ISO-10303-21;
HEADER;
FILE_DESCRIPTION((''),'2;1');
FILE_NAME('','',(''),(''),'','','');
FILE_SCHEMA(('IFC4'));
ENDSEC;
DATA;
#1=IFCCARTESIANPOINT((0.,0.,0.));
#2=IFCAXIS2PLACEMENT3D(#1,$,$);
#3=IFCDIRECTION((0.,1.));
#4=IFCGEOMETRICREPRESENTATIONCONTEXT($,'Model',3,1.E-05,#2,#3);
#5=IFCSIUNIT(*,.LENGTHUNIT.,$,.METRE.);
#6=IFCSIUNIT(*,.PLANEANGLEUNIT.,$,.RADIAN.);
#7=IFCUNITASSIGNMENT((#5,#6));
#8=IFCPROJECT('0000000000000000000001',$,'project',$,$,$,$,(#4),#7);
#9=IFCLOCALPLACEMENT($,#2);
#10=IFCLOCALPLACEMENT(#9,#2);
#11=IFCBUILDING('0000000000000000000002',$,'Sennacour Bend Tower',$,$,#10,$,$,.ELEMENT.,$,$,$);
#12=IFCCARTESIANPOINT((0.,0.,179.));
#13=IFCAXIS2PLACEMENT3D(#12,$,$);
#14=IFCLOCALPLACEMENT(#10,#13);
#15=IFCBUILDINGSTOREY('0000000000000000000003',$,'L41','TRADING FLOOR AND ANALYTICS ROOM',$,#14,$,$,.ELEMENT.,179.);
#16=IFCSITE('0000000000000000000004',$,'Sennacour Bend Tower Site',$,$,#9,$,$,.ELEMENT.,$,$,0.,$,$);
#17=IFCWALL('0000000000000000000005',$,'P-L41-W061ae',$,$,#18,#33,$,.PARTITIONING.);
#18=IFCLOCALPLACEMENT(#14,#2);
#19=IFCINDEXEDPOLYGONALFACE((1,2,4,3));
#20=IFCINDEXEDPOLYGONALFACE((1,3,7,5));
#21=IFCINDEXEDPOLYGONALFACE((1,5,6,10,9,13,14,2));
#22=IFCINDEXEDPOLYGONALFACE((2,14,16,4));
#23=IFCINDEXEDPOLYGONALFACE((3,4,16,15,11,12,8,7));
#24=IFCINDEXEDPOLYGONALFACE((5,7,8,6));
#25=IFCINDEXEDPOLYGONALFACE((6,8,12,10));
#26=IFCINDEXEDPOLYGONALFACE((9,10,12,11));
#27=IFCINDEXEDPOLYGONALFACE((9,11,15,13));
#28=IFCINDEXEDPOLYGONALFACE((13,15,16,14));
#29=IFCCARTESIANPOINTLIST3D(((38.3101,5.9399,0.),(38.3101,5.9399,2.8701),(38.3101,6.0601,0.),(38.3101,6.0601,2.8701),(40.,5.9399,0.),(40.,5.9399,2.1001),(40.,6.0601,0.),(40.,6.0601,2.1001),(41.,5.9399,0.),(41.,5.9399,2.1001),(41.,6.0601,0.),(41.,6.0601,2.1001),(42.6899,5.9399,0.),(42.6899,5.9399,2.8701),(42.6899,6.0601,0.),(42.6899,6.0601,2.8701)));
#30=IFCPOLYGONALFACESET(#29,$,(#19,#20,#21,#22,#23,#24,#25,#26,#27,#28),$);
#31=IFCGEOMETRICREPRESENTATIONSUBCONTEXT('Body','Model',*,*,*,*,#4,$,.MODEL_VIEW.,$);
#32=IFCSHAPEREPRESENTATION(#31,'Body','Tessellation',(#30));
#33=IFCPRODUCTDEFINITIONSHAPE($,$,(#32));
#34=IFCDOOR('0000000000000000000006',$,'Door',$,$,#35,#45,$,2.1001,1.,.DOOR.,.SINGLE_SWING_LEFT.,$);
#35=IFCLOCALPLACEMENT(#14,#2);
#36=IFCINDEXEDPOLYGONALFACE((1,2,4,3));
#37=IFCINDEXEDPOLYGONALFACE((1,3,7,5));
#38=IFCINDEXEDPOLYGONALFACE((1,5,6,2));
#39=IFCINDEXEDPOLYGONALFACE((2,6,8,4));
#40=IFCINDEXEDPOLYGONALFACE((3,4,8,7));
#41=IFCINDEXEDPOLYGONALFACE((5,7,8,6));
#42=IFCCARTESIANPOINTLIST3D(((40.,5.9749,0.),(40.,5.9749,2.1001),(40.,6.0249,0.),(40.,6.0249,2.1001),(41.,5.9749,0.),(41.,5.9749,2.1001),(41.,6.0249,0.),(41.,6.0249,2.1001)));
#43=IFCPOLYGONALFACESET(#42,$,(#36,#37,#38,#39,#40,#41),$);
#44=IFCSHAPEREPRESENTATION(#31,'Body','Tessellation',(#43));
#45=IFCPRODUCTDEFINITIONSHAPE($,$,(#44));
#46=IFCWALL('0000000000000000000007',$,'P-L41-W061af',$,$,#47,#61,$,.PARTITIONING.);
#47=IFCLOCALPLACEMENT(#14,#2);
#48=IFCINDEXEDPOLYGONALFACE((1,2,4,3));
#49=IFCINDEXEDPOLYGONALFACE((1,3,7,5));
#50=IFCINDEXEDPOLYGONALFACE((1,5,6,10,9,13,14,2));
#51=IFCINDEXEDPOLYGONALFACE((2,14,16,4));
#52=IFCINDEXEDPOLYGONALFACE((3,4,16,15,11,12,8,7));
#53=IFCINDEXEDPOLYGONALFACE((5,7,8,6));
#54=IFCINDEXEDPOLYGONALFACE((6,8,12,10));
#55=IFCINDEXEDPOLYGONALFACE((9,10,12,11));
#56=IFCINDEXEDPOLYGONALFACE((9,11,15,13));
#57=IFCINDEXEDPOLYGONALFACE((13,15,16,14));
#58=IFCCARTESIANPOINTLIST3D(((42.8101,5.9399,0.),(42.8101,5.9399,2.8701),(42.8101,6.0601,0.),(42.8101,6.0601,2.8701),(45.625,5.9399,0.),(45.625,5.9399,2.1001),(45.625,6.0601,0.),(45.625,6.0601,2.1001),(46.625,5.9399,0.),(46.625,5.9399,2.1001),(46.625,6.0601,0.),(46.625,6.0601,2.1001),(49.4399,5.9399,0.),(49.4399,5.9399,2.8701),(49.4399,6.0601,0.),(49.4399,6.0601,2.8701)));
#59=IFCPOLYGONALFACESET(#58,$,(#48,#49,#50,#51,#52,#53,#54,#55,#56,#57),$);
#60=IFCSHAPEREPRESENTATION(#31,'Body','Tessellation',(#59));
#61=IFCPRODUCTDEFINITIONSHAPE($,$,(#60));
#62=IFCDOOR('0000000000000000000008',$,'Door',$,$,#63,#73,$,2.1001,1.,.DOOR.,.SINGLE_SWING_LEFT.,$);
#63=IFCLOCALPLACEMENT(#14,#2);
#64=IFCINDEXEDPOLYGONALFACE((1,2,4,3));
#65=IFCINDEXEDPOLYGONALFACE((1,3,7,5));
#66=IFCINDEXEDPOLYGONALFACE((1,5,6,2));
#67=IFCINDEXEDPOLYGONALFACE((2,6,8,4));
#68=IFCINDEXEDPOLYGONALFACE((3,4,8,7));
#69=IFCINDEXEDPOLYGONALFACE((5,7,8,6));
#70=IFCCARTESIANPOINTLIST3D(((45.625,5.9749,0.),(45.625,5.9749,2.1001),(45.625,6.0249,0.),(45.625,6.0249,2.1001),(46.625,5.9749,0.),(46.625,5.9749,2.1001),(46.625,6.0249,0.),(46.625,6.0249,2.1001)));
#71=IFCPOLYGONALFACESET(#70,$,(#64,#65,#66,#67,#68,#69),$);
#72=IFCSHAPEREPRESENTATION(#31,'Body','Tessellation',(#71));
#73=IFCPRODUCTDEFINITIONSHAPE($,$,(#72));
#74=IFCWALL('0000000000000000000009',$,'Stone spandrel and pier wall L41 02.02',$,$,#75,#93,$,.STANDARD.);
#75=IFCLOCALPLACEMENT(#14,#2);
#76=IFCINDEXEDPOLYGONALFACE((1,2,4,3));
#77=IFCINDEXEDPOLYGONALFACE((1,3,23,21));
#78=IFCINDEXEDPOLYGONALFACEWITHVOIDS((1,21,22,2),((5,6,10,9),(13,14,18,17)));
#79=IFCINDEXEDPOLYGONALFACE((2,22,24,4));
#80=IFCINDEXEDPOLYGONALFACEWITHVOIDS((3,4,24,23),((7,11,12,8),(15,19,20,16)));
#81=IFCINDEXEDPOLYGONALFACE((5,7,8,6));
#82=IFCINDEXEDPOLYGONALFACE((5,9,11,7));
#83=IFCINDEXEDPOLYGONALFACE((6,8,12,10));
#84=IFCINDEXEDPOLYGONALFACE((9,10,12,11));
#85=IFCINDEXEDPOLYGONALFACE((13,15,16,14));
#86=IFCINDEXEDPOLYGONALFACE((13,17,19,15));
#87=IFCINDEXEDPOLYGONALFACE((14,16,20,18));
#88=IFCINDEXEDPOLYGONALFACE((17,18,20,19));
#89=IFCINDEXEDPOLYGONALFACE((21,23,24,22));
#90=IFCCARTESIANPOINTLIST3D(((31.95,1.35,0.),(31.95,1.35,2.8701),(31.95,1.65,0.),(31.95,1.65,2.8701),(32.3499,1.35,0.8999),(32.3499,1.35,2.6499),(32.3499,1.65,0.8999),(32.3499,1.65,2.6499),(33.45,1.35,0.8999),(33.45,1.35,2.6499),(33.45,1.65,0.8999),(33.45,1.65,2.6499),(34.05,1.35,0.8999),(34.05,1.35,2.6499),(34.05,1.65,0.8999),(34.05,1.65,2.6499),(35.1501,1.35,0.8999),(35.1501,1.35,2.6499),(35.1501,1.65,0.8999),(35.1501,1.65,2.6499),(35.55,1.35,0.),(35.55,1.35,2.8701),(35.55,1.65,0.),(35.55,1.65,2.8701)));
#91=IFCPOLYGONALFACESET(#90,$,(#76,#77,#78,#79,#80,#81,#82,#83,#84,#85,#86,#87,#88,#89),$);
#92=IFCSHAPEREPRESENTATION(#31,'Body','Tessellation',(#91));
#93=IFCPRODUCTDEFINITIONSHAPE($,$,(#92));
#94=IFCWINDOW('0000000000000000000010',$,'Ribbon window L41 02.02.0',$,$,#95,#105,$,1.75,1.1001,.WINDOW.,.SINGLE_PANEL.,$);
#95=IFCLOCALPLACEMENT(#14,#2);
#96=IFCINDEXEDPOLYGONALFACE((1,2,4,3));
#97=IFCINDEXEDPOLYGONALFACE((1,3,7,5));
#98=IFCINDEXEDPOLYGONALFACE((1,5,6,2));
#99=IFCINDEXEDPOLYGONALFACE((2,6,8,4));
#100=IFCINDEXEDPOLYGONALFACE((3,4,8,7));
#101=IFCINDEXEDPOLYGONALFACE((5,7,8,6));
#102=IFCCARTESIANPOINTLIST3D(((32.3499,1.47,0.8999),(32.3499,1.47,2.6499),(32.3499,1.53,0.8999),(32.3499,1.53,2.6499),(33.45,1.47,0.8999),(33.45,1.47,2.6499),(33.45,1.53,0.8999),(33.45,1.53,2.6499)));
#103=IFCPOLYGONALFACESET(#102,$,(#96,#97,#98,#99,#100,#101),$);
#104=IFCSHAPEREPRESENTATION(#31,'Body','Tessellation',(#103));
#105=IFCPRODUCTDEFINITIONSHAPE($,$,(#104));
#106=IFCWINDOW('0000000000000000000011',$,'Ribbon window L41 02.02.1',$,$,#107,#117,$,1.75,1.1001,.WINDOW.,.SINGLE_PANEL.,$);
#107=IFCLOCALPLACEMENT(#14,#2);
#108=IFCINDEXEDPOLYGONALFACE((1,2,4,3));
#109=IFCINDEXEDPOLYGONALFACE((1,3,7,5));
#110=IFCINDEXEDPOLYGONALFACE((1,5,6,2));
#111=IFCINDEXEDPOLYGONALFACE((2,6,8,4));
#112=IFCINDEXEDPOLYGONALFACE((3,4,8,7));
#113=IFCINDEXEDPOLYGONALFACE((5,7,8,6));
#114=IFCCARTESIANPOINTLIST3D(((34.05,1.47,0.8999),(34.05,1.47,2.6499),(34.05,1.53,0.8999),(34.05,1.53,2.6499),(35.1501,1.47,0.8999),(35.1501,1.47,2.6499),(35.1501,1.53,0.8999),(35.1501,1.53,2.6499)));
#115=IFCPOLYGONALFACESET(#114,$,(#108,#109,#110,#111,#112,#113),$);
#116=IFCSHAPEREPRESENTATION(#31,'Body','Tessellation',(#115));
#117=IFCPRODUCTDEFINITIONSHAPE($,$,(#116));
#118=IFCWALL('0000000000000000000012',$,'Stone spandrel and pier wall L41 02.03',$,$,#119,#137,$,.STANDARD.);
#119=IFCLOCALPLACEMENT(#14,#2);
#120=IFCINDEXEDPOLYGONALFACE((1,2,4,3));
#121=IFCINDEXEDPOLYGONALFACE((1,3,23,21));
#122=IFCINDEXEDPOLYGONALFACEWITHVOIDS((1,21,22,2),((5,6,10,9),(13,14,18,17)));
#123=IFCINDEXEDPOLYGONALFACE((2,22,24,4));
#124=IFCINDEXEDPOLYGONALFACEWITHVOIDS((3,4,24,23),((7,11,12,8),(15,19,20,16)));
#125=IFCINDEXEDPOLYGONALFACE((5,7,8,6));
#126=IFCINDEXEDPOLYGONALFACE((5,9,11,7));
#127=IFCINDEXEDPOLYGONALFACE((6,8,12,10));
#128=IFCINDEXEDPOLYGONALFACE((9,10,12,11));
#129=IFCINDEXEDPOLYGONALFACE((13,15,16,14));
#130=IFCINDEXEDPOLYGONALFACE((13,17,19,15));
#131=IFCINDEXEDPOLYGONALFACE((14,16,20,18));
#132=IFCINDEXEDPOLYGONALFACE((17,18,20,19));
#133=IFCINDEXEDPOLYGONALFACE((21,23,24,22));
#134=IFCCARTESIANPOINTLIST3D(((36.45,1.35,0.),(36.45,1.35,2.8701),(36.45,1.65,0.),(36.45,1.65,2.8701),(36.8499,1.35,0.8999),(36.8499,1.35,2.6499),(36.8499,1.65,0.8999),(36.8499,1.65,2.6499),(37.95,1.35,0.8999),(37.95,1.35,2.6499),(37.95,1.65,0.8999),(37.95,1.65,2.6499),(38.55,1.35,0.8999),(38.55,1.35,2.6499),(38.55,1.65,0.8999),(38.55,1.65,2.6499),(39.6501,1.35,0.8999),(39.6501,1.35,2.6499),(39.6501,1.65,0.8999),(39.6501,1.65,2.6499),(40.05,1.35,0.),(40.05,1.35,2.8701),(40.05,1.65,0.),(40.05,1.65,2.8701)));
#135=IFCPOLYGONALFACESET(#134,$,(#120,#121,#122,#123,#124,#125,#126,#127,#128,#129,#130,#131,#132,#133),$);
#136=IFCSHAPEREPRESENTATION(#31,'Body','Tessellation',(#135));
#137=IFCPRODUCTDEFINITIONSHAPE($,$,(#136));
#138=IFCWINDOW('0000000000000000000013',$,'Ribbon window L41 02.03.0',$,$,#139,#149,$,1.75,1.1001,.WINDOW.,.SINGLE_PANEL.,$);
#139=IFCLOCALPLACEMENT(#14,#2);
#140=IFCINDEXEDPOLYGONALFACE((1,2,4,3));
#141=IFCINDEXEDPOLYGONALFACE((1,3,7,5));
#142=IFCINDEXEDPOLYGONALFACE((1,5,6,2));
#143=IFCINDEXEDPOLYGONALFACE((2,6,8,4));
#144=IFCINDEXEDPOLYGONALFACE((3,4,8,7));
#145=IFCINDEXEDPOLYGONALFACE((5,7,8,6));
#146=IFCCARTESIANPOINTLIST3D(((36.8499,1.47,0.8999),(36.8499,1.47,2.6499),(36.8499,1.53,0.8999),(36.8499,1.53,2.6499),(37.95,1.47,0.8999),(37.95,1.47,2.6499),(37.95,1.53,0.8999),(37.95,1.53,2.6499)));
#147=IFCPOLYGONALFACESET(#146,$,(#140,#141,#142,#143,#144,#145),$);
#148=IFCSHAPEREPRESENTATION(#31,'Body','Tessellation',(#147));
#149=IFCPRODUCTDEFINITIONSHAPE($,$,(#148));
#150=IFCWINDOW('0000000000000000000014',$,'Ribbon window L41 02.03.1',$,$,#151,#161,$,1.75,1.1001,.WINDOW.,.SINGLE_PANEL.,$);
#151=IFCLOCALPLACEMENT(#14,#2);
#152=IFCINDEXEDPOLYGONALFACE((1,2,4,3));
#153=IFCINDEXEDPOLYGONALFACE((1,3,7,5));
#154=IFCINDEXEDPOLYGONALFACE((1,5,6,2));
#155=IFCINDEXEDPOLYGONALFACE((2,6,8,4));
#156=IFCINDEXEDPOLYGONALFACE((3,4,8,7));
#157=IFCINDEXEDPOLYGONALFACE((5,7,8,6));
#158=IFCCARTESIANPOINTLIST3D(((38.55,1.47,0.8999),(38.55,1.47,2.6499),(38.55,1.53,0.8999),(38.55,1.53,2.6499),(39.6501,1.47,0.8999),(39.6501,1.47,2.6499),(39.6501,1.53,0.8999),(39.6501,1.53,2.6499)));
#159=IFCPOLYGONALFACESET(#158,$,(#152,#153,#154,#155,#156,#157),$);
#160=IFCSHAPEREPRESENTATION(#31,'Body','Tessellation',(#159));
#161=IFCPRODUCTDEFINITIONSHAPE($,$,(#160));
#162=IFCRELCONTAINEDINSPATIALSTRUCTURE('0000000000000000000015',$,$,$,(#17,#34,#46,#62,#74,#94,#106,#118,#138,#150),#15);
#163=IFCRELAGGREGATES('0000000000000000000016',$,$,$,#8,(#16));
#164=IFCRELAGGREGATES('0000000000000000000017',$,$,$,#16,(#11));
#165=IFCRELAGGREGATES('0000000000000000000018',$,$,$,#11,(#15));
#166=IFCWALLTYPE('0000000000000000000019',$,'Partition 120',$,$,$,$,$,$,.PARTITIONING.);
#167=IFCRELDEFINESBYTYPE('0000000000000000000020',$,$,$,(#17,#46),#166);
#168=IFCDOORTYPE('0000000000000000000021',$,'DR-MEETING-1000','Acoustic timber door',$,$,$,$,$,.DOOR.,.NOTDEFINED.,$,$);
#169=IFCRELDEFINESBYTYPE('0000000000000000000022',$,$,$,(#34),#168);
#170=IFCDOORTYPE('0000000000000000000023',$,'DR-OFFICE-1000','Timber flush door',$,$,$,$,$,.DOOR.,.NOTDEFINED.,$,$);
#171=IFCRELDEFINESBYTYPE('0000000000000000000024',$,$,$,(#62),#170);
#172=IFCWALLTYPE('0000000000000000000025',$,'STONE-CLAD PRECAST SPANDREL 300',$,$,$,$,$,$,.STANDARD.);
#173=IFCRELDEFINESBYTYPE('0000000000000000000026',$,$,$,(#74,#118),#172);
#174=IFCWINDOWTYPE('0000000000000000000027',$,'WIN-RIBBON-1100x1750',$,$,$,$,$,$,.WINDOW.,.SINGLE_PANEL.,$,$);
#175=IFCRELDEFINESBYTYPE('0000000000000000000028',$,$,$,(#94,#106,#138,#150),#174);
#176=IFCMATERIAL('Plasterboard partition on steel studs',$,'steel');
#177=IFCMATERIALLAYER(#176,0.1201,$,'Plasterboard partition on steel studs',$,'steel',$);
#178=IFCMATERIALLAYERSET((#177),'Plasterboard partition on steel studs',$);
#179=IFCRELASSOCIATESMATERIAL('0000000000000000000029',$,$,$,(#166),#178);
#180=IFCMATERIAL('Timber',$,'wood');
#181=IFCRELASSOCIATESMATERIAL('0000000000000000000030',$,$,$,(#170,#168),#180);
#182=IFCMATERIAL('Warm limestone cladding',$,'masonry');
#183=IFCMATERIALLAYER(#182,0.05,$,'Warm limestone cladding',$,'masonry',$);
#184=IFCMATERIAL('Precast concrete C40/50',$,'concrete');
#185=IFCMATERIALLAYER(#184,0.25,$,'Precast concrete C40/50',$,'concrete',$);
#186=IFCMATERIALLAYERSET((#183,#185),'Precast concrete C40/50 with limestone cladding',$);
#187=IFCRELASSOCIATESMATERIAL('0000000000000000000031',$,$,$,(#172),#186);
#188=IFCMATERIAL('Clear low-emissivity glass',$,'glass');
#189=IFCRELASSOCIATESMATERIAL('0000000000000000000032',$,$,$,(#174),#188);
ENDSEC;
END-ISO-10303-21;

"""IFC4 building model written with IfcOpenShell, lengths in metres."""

from ifc_helpers import new_model, si_unit, direction, frame, frame_2d, origin, place, context, subcontext, project, spatial, rectangle, extrude, material, layer, layer_set, type_object, element, fill, save


model = new_model("IFC4")

# Units and contexts
model_context = context("Model", 3, precision=1e-05, world=origin(), true_north=direction((0.0, 1.0)))
body_context = subcontext(model_context, "Body", "Model", "MODEL_VIEW")
ifc_project = project(units=[si_unit("LENGTHUNIT", "METRE"), si_unit("PLANEANGLEUNIT", "RADIAN")], contexts=[model_context])

# Site, building, storey
site_placement = place(None, origin())
site = spatial("IfcSite", under=ifc_project, at=site_placement, Name="Sennacour Bend Tower Site", CompositionType="ELEMENT", RefElevation=0.0)
building_placement = place(site_placement, origin())
building = spatial("IfcBuilding", under=site, at=building_placement, Name="Sennacour Bend Tower", CompositionType="ELEMENT")
storey_placement = place(building_placement, frame((0.0, 0.0, 179.0)))
storey = spatial("IfcBuildingStorey", under=building, at=storey_placement, Name="L41", Description="TRADING FLOOR AND ANALYTICS ROOM", CompositionType="ELEMENT", Elevation=179.0)

# Shared definitions
ifc_material_1 = material(Name="Plasterboard partition on steel studs", Category="steel")
ifc_layer_1 = layer(ifc_material_1, 0.1201, Name="Plasterboard partition on steel studs", Category="steel")
ifc_layer_set_1 = layer_set([ifc_layer_1], Name="Plasterboard partition on steel studs")
wall_type_1 = type_object("IfcWallType", Name="Partition 120", PredefinedType="PARTITIONING", material=ifc_layer_set_1)

# Walls, openings, doors
ifc_material_2 = material(Name="Timber", Category="wood")
door_type_1 = type_object("IfcDoorType", Name="DR-OFFICE-1000", Description="Timber flush door", OperationType="NOTDEFINED", PredefinedType="DOOR", material=ifc_material_2)
wall_1_placement = place(storey_placement, frame((38.3101, 6.0, 0.0), z_axis=(0.0, 0.0, 1.0), x_axis=(1.0, 0.0, 0.0)))
wall_1 = element("IfcWall", 1, at=wall_1_placement, inside=storey, type_object=wall_type_1, Name="P-L41-W061ae", PredefinedType="PARTITIONING", context=body_context, shape_type="SweptSolid", body=[
    extrude(rectangle(XDim=4.3799, YDim=0.1201, at=frame_2d((2.1899, 0.0))), origin(), (0.0, 0.0, 1.0), 2.8701),
])
opening_1_placement = place(wall_1_placement, frame((1.6899, 0.0, 0.0)))
opening_1 = element("IfcOpeningElement", 2, at=opening_1_placement, cuts=wall_1, PredefinedType="OPENING", context=body_context, shape_type="SweptSolid", body=[
    extrude(rectangle(XDim=1.0, YDim=2.1001, at=frame_2d((0.5, 1.05))), frame((0.0, 0.0701, 0.0), z_axis=(0.0, -1.0, 0.0), x_axis=(1.0, 0.0, 0.0)), (0.0, 0.0, 1.0), 0.1401),
])
door_type_2 = type_object("IfcDoorType", Name="DR-MEETING-1000", Description="Acoustic timber door", OperationType="NOTDEFINED", PredefinedType="DOOR", material=ifc_material_2)
door_1_placement = place(opening_1_placement, origin())
door_1 = element("IfcDoor", 3, at=door_1_placement, inside=storey, type_object=door_type_2, Name="Door", OperationType="SINGLE_SWING_LEFT", OverallHeight=2.1001, OverallWidth=1.0, PredefinedType="DOOR", context=body_context, shape_type="SweptSolid", body=[
    extrude(rectangle(XDim=1.0, YDim=2.1001, at=frame_2d((0.5, 1.05))), frame((0.0, 0.0249, 0.0), z_axis=(0.0, -1.0, 0.0), x_axis=(1.0, 0.0, 0.0)), (0.0, 0.0, 1.0), 0.05),
])
fill(opening_1, door_1)
wall_2_placement = place(storey_placement, frame((42.8101, 6.0, 0.0), z_axis=(0.0, 0.0, 1.0), x_axis=(1.0, 0.0, 0.0)))
wall_2 = element("IfcWall", 4, at=wall_2_placement, inside=storey, type_object=wall_type_1, Name="P-L41-W061af", PredefinedType="PARTITIONING", context=body_context, shape_type="SweptSolid", body=[
    extrude(rectangle(XDim=6.6299, YDim=0.1201, at=frame_2d((3.3149, 0.0))), origin(), (0.0, 0.0, 1.0), 2.8701),
])
opening_2_placement = place(wall_2_placement, frame((2.8149, 0.0, 0.0)))
opening_2 = element("IfcOpeningElement", 5, at=opening_2_placement, cuts=wall_2, PredefinedType="OPENING", context=body_context, shape_type="SweptSolid", body=[
    extrude(rectangle(XDim=1.0, YDim=2.1001, at=frame_2d((0.5, 1.05))), frame((0.0, 0.0701, 0.0), z_axis=(0.0, -1.0, 0.0), x_axis=(1.0, 0.0, 0.0)), (0.0, 0.0, 1.0), 0.1401),
])
door_2_placement = place(opening_2_placement, origin())
door_2 = element("IfcDoor", 6, at=door_2_placement, inside=storey, type_object=door_type_1, Name="Door", OperationType="SINGLE_SWING_LEFT", OverallHeight=2.1001, OverallWidth=1.0, PredefinedType="DOOR", context=body_context, shape_type="SweptSolid", body=[
    extrude(rectangle(XDim=1.0, YDim=2.1001, at=frame_2d((0.5, 1.05))), frame((0.0, 0.0249, 0.0), z_axis=(0.0, -1.0, 0.0), x_axis=(1.0, 0.0, 0.0)), (0.0, 0.0, 1.0), 0.05),
])
fill(opening_2, door_2)

# Walls, openings, windows
ifc_material_3 = material(Name="Warm limestone cladding", Category="masonry")
ifc_layer_2 = layer(ifc_material_3, 0.05, Name="Warm limestone cladding", Category="masonry")
ifc_material_4 = material(Name="Precast concrete C40/50", Category="concrete")
ifc_layer_3 = layer(ifc_material_4, 0.25, Name="Precast concrete C40/50", Category="concrete")
ifc_layer_set_2 = layer_set([ifc_layer_2, ifc_layer_3], Name="Precast concrete C40/50 with limestone cladding")
wall_type_2 = type_object("IfcWallType", Name="STONE-CLAD PRECAST SPANDREL 300", PredefinedType="STANDARD", material=ifc_layer_set_2)
wall_3_placement = place(storey_placement, frame((31.95, 1.5, 0.0), z_axis=(0.0, 0.0, 1.0), x_axis=(1.0, 0.0, 0.0)))
wall_3 = element("IfcWall", 7, at=wall_3_placement, inside=storey, type_object=wall_type_2, Name="Stone spandrel and pier wall L41 02.02", PredefinedType="STANDARD", context=body_context, shape_type="SweptSolid", body=[
    extrude(rectangle(XDim=3.6001, YDim=0.3, at=frame_2d((1.8, 0.0))), origin(), (0.0, 0.0, 1.0), 2.8701),
])
opening_3_placement = place(wall_3_placement, frame((0.3999, 0.0, 0.8999)))
opening_3 = element("IfcOpeningElement", 8, at=opening_3_placement, cuts=wall_3, PredefinedType="OPENING", context=body_context, shape_type="SweptSolid", body=[
    extrude(rectangle(XDim=1.1001, YDim=1.75, at=frame_2d((0.55, 0.875))), frame((0.0, 0.1602, 0.0), z_axis=(0.0, -1.0, 0.0), x_axis=(1.0, 0.0, 0.0)), (0.0, 0.0, 1.0), 0.3201),
])
opening_4_placement = place(wall_3_placement, frame((2.1001, 0.0, 0.8999)))
opening_4 = element("IfcOpeningElement", 9, at=opening_4_placement, cuts=wall_3, PredefinedType="OPENING", context=body_context, shape_type="SweptSolid", body=[
    extrude(rectangle(XDim=1.1001, YDim=1.75, at=frame_2d((0.55, 0.875))), frame((0.0, 0.1602, 0.0), z_axis=(0.0, -1.0, 0.0), x_axis=(1.0, 0.0, 0.0)), (0.0, 0.0, 1.0), 0.3201),
])
ifc_material_5 = material(Name="Clear low-emissivity glass", Category="glass")
window_type = type_object("IfcWindowType", Name="WIN-RIBBON-1100x1750", PartitioningType="SINGLE_PANEL", PredefinedType="WINDOW", material=ifc_material_5)
window_1_placement = place(opening_3_placement, origin())
window_1 = element("IfcWindow", 10, at=window_1_placement, inside=storey, type_object=window_type, Name="Ribbon window L41 02.02.0", OverallHeight=1.75, OverallWidth=1.1001, PartitioningType="SINGLE_PANEL", PredefinedType="WINDOW", context=body_context, shape_type="SweptSolid", body=[
    extrude(rectangle(XDim=1.1001, YDim=1.75, at=frame_2d((0.55, 0.875))), frame((0.0, 0.03, 0.0), z_axis=(0.0, -1.0, 0.0), x_axis=(1.0, 0.0, 0.0)), (0.0, 0.0, 1.0), 0.0601),
])
fill(opening_3, window_1)
window_2_placement = place(opening_4_placement, origin())
window_2 = element("IfcWindow", 11, at=window_2_placement, inside=storey, type_object=window_type, Name="Ribbon window L41 02.02.1", OverallHeight=1.75, OverallWidth=1.1001, PartitioningType="SINGLE_PANEL", PredefinedType="WINDOW", context=body_context, shape_type="SweptSolid", body=[
    extrude(rectangle(XDim=1.1001, YDim=1.75, at=frame_2d((0.55, 0.875))), frame((0.0, 0.03, 0.0), z_axis=(0.0, -1.0, 0.0), x_axis=(1.0, 0.0, 0.0)), (0.0, 0.0, 1.0), 0.0601),
])
fill(opening_4, window_2)
wall_4_placement = place(storey_placement, frame((36.45, 1.5, 0.0), z_axis=(0.0, 0.0, 1.0), x_axis=(1.0, 0.0, 0.0)))
wall_4 = element("IfcWall", 12, at=wall_4_placement, inside=storey, type_object=wall_type_2, Name="Stone spandrel and pier wall L41 02.03", PredefinedType="STANDARD", context=body_context, shape_type="SweptSolid", body=[
    extrude(rectangle(XDim=3.6001, YDim=0.3, at=frame_2d((1.8, 0.0))), origin(), (0.0, 0.0, 1.0), 2.8701),
])
opening_5_placement = place(wall_4_placement, frame((0.3999, 0.0, 0.8999)))
opening_5 = element("IfcOpeningElement", 13, at=opening_5_placement, cuts=wall_4, PredefinedType="OPENING", context=body_context, shape_type="SweptSolid", body=[
    extrude(rectangle(XDim=1.1001, YDim=1.75, at=frame_2d((0.55, 0.875))), frame((0.0, 0.1602, 0.0), z_axis=(0.0, -1.0, 0.0), x_axis=(1.0, 0.0, 0.0)), (0.0, 0.0, 1.0), 0.3201),
])
opening_6_placement = place(wall_4_placement, frame((2.1001, 0.0, 0.8999)))
opening_6 = element("IfcOpeningElement", 14, at=opening_6_placement, cuts=wall_4, PredefinedType="OPENING", context=body_context, shape_type="SweptSolid", body=[
    extrude(rectangle(XDim=1.1001, YDim=1.75, at=frame_2d((0.55, 0.875))), frame((0.0, 0.1602, 0.0), z_axis=(0.0, -1.0, 0.0), x_axis=(1.0, 0.0, 0.0)), (0.0, 0.0, 1.0), 0.3201),
])
window_3_placement = place(opening_5_placement, origin())
window_3 = element("IfcWindow", 15, at=window_3_placement, inside=storey, type_object=window_type, Name="Ribbon window L41 02.03.0", OverallHeight=1.75, OverallWidth=1.1001, PartitioningType="SINGLE_PANEL", PredefinedType="WINDOW", context=body_context, shape_type="SweptSolid", body=[
    extrude(rectangle(XDim=1.1001, YDim=1.75, at=frame_2d((0.55, 0.875))), frame((0.0, 0.03, 0.0), z_axis=(0.0, -1.0, 0.0), x_axis=(1.0, 0.0, 0.0)), (0.0, 0.0, 1.0), 0.0601),
])
fill(opening_5, window_3)
window_4_placement = place(opening_6_placement, origin())
window_4 = element("IfcWindow", 16, at=window_4_placement, inside=storey, type_object=window_type, Name="Ribbon window L41 02.03.1", OverallHeight=1.75, OverallWidth=1.1001, PartitioningType="SINGLE_PANEL", PredefinedType="WINDOW", context=body_context, shape_type="SweptSolid", body=[
    extrude(rectangle(XDim=1.1001, YDim=1.75, at=frame_2d((0.55, 0.875))), frame((0.0, 0.03, 0.0), z_axis=(0.0, -1.0, 0.0), x_axis=(1.0, 0.0, 0.0)), (0.0, 0.0, 1.0), 0.0601),
])
fill(opening_6, window_4)

save(model, "model.ifc")
